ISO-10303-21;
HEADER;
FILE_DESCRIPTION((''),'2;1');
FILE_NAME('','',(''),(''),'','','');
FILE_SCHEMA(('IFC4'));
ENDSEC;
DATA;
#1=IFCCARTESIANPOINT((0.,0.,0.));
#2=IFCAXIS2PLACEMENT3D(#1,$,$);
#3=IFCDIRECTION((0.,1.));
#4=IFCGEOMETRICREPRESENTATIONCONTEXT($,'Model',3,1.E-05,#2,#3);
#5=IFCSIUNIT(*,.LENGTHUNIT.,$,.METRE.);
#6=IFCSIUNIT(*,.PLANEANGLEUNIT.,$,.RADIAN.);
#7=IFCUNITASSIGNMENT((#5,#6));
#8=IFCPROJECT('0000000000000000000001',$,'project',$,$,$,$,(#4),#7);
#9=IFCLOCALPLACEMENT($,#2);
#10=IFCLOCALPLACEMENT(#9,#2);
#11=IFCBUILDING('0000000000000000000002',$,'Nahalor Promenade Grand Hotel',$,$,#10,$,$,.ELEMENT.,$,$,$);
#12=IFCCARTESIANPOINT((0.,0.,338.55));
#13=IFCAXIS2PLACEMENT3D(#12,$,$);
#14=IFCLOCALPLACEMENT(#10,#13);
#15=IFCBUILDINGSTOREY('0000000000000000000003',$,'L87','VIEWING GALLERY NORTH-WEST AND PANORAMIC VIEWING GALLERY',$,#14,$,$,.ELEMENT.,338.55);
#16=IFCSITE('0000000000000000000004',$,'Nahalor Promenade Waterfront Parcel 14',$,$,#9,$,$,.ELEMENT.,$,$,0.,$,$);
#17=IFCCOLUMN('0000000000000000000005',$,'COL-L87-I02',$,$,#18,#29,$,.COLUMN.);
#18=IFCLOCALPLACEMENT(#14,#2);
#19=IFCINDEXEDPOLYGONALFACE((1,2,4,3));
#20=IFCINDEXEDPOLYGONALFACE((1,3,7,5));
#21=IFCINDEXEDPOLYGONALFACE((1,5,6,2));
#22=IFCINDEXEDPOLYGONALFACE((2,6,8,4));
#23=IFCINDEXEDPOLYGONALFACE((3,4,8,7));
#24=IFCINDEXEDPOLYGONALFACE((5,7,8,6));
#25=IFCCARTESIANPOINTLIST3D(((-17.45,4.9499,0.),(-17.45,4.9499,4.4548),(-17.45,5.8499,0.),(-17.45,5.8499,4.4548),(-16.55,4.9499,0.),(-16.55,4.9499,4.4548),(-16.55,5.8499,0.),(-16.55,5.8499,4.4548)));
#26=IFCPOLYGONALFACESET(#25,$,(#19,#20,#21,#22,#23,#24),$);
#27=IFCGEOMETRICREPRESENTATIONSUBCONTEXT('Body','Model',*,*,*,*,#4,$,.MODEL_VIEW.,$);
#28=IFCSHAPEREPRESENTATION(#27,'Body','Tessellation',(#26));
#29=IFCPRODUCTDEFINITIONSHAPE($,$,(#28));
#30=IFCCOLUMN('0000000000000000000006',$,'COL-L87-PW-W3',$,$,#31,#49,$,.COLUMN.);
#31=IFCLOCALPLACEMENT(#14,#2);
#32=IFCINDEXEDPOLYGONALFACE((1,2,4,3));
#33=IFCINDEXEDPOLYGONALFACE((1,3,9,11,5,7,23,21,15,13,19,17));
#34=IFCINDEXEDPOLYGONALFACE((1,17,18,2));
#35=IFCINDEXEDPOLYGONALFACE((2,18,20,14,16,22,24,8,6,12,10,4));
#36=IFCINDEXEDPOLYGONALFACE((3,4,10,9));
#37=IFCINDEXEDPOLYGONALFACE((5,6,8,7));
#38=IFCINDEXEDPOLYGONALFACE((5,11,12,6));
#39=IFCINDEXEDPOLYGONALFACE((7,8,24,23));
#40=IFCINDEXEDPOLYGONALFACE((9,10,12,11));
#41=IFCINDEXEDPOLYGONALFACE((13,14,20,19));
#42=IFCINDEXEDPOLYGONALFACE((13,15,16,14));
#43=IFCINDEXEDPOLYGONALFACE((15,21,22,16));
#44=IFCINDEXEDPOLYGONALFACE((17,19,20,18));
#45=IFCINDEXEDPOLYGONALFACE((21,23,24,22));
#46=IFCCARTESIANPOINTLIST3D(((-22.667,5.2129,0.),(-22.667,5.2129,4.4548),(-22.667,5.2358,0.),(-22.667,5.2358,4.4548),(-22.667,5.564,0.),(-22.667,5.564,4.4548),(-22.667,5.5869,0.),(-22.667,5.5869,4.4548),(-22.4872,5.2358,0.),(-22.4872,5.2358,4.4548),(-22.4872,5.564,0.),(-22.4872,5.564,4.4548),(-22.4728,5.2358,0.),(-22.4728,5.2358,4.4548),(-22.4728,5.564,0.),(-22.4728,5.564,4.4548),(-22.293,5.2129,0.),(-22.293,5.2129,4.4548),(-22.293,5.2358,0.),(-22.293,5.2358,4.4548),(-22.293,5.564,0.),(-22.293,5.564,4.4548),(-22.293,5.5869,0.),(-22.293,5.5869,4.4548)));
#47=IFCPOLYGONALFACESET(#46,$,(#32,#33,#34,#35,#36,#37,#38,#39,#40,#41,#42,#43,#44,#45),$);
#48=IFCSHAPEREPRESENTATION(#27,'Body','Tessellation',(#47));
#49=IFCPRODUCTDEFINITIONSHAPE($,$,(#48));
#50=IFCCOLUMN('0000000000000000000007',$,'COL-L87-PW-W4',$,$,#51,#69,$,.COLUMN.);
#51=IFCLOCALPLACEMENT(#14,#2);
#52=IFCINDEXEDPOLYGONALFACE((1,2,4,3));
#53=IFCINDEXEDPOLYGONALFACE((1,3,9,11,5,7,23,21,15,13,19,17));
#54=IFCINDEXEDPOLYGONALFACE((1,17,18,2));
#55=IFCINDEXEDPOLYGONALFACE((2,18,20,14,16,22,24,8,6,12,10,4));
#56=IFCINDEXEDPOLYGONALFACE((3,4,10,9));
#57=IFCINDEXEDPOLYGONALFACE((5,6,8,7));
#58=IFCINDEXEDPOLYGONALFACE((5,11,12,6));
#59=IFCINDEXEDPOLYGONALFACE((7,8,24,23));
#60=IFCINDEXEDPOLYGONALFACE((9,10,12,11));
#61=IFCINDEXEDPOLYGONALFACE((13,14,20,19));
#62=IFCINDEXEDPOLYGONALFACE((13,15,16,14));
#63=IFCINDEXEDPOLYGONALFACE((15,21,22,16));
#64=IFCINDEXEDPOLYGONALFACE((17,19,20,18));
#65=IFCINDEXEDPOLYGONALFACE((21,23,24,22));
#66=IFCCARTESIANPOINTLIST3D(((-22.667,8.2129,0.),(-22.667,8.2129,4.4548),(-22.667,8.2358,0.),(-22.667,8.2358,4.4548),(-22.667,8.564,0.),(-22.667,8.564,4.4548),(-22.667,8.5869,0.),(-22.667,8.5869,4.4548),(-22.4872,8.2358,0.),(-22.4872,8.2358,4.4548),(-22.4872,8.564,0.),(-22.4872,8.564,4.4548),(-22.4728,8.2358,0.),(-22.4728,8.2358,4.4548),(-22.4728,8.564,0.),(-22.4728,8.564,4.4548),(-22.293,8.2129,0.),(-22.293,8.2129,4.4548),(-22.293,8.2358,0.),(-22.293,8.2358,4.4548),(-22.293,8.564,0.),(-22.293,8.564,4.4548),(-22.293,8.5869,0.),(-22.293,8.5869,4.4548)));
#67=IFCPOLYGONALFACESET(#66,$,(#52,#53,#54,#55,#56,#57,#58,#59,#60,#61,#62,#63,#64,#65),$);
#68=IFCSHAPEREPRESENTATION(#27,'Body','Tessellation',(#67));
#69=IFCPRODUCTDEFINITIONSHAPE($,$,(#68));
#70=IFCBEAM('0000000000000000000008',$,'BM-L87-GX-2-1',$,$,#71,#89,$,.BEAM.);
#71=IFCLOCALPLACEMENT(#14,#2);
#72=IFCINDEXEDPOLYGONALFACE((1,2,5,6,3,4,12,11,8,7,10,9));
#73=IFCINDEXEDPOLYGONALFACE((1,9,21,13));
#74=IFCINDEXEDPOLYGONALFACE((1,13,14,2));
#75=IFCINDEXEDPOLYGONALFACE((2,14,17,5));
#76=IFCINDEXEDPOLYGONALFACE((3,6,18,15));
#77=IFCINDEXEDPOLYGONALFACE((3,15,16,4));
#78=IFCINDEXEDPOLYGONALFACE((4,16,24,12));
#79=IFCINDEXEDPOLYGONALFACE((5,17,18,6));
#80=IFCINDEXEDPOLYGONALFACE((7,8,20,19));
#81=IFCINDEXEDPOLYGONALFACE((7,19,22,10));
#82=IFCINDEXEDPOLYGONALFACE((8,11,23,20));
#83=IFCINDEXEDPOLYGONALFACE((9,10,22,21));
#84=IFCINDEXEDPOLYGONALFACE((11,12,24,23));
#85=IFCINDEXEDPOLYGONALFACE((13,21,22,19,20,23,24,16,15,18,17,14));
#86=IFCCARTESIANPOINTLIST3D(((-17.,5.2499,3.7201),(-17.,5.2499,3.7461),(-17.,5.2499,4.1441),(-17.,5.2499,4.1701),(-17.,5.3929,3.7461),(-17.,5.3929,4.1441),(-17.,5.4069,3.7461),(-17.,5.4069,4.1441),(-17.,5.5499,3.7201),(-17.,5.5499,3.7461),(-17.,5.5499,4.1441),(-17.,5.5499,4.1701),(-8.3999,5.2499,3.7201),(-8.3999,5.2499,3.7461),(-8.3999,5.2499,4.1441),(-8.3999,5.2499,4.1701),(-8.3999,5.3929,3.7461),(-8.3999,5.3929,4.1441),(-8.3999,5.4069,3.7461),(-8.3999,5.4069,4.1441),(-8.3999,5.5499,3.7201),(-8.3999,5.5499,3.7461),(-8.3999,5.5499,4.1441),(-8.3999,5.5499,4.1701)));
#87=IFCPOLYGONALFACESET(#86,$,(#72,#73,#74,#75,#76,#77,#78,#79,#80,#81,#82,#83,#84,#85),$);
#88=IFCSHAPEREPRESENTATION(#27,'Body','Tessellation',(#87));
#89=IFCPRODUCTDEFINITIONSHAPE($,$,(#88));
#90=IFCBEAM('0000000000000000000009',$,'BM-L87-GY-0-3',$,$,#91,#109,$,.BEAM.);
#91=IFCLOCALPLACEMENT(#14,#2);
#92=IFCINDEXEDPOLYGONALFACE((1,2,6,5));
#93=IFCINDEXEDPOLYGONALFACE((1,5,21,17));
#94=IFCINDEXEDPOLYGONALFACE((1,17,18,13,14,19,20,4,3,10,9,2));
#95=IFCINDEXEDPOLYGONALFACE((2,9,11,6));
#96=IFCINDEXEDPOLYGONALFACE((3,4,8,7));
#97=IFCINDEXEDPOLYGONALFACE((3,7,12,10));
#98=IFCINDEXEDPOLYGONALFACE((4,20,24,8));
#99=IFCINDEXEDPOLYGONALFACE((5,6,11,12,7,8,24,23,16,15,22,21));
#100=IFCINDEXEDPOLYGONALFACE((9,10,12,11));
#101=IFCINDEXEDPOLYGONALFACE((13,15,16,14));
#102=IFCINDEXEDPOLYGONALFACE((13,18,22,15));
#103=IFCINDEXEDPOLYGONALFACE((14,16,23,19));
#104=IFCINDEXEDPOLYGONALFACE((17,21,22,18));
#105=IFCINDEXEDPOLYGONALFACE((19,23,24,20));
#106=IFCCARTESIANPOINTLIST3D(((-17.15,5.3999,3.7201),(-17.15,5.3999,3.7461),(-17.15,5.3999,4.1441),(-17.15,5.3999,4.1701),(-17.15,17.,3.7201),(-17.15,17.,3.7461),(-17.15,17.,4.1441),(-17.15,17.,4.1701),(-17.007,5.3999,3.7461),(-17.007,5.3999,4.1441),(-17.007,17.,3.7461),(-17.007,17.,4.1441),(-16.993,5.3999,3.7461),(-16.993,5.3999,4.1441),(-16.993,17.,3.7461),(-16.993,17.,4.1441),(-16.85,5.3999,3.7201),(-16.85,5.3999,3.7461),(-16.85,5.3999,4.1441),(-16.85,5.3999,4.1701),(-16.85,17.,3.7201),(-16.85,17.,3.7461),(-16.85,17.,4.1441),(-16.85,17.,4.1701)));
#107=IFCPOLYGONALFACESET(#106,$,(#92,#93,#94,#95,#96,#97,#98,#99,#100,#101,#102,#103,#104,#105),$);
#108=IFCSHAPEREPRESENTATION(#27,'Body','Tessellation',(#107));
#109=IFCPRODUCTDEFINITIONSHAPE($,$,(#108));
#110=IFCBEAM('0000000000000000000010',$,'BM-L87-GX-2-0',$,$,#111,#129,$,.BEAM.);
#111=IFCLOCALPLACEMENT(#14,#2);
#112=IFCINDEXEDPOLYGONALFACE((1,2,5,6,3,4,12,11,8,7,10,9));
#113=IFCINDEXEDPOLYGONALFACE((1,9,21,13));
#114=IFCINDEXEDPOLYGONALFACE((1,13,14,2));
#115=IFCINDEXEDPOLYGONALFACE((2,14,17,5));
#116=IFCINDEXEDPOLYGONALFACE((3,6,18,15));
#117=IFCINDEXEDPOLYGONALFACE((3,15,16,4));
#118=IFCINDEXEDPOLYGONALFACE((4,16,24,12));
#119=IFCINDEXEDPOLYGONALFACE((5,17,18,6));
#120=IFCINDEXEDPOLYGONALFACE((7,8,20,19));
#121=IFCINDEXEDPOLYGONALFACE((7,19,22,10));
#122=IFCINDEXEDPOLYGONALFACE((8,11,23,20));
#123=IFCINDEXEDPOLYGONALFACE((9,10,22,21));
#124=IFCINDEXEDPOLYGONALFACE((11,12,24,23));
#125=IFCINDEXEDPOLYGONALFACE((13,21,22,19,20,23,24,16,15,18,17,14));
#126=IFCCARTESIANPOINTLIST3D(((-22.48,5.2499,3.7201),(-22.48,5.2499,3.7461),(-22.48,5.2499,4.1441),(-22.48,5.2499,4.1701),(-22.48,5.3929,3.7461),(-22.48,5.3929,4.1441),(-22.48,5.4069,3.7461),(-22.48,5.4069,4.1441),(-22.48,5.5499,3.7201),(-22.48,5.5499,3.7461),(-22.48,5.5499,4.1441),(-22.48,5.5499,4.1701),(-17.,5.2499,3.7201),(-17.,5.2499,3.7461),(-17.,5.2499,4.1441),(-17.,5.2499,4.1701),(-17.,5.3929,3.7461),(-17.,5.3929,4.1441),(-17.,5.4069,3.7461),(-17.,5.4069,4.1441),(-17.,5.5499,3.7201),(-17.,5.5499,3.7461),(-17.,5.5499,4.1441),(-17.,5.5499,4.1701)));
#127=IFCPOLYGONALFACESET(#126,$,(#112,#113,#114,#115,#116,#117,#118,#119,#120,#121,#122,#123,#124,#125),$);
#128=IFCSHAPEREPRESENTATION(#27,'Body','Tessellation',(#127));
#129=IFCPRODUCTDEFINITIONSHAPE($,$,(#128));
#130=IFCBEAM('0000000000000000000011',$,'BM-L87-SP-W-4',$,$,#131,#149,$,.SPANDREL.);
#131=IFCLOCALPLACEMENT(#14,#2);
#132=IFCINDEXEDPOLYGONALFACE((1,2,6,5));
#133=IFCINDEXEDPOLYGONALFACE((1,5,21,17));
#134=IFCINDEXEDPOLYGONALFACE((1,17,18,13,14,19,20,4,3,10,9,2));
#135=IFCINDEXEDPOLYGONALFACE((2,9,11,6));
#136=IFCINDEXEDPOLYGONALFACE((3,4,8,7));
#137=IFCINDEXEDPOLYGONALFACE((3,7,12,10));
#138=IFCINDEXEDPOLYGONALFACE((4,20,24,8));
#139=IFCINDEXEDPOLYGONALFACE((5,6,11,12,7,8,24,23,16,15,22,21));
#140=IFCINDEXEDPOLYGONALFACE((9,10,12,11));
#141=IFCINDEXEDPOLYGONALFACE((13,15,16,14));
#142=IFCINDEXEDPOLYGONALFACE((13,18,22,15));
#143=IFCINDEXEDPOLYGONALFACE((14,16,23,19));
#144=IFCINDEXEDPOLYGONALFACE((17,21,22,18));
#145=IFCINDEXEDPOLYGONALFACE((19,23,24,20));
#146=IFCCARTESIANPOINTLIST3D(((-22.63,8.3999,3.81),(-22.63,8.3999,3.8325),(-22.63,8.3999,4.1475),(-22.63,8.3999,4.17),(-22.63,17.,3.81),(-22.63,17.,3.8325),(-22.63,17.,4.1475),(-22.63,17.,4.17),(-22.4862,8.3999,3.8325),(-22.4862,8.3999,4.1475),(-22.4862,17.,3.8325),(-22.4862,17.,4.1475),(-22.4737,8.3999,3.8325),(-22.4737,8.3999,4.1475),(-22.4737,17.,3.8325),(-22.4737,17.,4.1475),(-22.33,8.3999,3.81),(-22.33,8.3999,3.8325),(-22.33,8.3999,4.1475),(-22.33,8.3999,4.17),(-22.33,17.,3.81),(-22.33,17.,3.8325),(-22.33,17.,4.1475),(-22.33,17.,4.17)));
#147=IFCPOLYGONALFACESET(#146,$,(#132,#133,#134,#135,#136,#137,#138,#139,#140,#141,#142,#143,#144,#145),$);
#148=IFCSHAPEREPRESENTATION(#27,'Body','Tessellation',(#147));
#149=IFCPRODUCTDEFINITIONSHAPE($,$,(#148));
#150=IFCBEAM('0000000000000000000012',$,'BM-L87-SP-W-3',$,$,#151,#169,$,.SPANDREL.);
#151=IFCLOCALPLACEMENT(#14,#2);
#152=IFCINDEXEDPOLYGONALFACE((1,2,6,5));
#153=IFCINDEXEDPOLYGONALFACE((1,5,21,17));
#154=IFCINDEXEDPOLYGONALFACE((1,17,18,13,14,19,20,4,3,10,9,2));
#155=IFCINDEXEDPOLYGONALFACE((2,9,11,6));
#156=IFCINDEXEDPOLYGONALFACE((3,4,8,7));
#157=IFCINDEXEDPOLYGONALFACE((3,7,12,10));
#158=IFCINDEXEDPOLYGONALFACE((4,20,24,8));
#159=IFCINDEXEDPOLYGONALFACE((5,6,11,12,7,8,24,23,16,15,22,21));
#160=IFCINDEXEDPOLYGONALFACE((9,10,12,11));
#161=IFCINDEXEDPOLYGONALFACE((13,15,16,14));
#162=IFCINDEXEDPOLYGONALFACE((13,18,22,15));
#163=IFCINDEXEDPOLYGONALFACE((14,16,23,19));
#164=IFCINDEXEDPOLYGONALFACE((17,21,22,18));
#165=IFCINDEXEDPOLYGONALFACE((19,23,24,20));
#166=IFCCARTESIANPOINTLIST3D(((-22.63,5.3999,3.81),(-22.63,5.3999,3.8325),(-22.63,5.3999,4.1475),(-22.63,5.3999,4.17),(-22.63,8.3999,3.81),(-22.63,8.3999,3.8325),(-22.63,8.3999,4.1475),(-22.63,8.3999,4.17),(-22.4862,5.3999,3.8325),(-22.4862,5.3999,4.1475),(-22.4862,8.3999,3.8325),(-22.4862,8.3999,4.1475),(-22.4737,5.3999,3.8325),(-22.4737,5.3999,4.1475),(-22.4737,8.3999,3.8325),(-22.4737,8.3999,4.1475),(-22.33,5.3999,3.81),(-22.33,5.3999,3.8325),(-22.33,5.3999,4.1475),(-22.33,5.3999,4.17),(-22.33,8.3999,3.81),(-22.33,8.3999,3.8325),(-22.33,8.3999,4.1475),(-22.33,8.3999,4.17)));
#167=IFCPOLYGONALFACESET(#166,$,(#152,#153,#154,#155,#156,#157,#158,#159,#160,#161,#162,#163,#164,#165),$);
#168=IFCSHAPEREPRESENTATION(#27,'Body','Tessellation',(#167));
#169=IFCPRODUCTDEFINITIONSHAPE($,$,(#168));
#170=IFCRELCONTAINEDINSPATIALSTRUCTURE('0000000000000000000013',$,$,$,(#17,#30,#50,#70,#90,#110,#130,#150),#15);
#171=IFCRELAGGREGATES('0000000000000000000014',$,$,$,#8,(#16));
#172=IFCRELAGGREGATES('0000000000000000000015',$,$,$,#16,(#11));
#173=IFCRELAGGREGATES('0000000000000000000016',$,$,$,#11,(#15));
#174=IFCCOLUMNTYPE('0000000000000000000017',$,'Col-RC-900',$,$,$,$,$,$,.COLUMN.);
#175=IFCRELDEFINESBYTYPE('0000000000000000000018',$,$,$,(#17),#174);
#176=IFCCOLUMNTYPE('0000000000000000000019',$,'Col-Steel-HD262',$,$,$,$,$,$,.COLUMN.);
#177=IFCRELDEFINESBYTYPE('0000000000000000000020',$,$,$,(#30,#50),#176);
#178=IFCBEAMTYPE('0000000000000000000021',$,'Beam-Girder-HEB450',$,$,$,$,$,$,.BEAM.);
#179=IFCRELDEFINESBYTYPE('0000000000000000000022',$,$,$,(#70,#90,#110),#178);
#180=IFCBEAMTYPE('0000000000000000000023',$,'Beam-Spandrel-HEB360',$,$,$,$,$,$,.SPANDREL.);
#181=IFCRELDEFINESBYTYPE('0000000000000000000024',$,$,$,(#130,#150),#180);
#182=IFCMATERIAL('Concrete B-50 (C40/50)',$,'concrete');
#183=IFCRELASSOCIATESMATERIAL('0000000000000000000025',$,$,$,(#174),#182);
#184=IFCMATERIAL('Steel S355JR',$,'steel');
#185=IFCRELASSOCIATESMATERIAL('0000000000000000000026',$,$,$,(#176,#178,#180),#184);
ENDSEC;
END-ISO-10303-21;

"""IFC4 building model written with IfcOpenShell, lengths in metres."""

from ifc_helpers import new_model, si_unit, direction, frame, origin, origin_2d, place, context, subcontext, project, spatial, rectangle, i_section, extrude, source, transform, mapped, material, material_profile, profile_set, type_object, element, save


model = new_model("IFC4")

# Units and contexts
model_context = context("Model", 3, precision=1e-05, world=origin(), true_north=direction((0.0, 1.0)))
body_context = subcontext(model_context, "Body", "Model", "MODEL_VIEW")
ifc_project = project(units=[si_unit("LENGTHUNIT", "METRE"), si_unit("PLANEANGLEUNIT", "RADIAN")], contexts=[model_context])

# Site, building, storey
site_placement = place(None, origin())
site = spatial("IfcSite", under=ifc_project, at=site_placement, Name="Nahalor Promenade Waterfront Parcel 14", CompositionType="ELEMENT", RefElevation=0.0)
building_placement = place(site_placement, origin())
building = spatial("IfcBuilding", under=site, at=building_placement, Name="Nahalor Promenade Grand Hotel", CompositionType="ELEMENT")
storey_placement = place(building_placement, frame((0.0, 0.0, 338.55)))
storey = spatial("IfcBuildingStorey", under=building, at=storey_placement, Name="L87", Description="VIEWING GALLERY NORTH-WEST AND PANORAMIC VIEWING GALLERY", CompositionType="ELEMENT", Elevation=338.55)

# Columns
ifc_material_1 = material(Name="Concrete B-50 (C40/50)", Category="concrete")
ifc_material_profile_1 = material_profile(ifc_material_1, rectangle(XDim=0.9, YDim=0.9, at=origin_2d()), Name="RC 900x900")
ifc_profile_set_1 = profile_set([ifc_material_profile_1], Name="Concrete B-50 (C40/50)")
column_type_1 = type_object("IfcColumnType", Name="Col-RC-900", PredefinedType="COLUMN", material=ifc_profile_set_1)
shared_shape_1 = source(origin(), body_context, "Body", "SweptSolid", [
    extrude(rectangle(XDim=0.9, YDim=0.9, at=origin_2d()), origin(), (0.0, 0.0, 1.0), 4.4548),
])
column_placement = place(storey_placement, frame((-17.0, 5.3999, 0.0), z_axis=(0.0, 0.0, 1.0), x_axis=(1.0, 0.0, 0.0)))
element("IfcColumn", 1, at=column_placement, inside=storey, type_object=column_type_1, Name="COL-L87-I02", PredefinedType="COLUMN", context=body_context, shape_type="MappedRepresentation", body=[
    mapped(shared_shape_1, transform((0.0, 0.0, 0.0), scale=1.0)),
])
ifc_material_2 = material(Name="Steel S355JR", Category="steel")
ifc_material_profile_2 = material_profile(ifc_material_2, i_section(OverallWidth=0.374, OverallDepth=0.374, WebThickness=0.0144, FlangeThickness=0.0229, at=origin_2d()), Name="HD 360x262")
ifc_profile_set_2 = profile_set([ifc_material_profile_2], Name="Steel S355JR")
column_type_2 = type_object("IfcColumnType", Name="Col-Steel-HD262", PredefinedType="COLUMN", material=ifc_profile_set_2)
shared_shape_2 = source(origin(), body_context, "Body", "SweptSolid", [
    extrude(i_section(OverallWidth=0.374, OverallDepth=0.374, WebThickness=0.0144, FlangeThickness=0.0229, at=origin_2d()), origin(), (0.0, 0.0, 1.0), 4.4548),
])
for number, where, z_axis, x_axis, name in (
    (2, (-22.48, 5.3999, 0.0), (0.0, 0.0, 1.0), (1.0, 0.0, 0.0), "COL-L87-PW-W3"),
    (3, (-22.48, 8.3999, 0.0), (0.0, 0.0, 1.0), (1.0, 0.0, 0.0), "COL-L87-PW-W4"),
):
    element("IfcColumn", number, at=place(storey_placement, frame(where, z_axis=z_axis, x_axis=x_axis)), inside=storey, type_object=column_type_2, Name=name, PredefinedType="COLUMN", context=body_context, shape_type="MappedRepresentation", body=[
        mapped(shared_shape_2, transform((0.0, 0.0, 0.0), scale=1.0)),
    ])

# Beams
ifc_material_profile_3 = material_profile(ifc_material_2, i_section(OverallWidth=0.3, OverallDepth=0.45, WebThickness=0.014, FlangeThickness=0.026, at=origin_2d()), Name="HEB 450")
ifc_profile_set_3 = profile_set([ifc_material_profile_3], Name="Steel S355JR")
beam_type_1 = type_object("IfcBeamType", Name="Beam-Girder-HEB450", PredefinedType="BEAM", material=ifc_profile_set_3)
shared_shape_3 = source(origin(), body_context, "Body", "SweptSolid", [
    extrude(i_section(OverallWidth=0.3, OverallDepth=0.45, WebThickness=0.014, FlangeThickness=0.026, at=origin_2d()), origin(), (0.0, 0.0, 1.0), 8.6001),
])
beam_1_placement = place(storey_placement, frame((-17.0, 5.3999, 3.9451), z_axis=(1.0, 0.0, 0.0), x_axis=(0.0, 1.0, 0.0)))
element("IfcBeam", 4, at=beam_1_placement, inside=storey, type_object=beam_type_1, Name="BM-L87-GX-2-1", PredefinedType="BEAM", context=body_context, shape_type="MappedRepresentation", body=[
    mapped(shared_shape_3, transform((0.0, 0.0, 0.0), scale=1.0)),
])
shared_shape_4 = source(origin(), body_context, "Body", "SweptSolid", [
    extrude(i_section(OverallWidth=0.3, OverallDepth=0.45, WebThickness=0.014, FlangeThickness=0.026, at=origin_2d()), origin(), (0.0, 0.0, 1.0), 11.6001),
])
beam_2_placement = place(storey_placement, frame((-17.0, 5.3999, 3.9451), z_axis=(0.0, 1.0, 0.0), x_axis=(-1.0, 0.0, 0.0)))
element("IfcBeam", 5, at=beam_2_placement, inside=storey, type_object=beam_type_1, Name="BM-L87-GY-0-3", PredefinedType="BEAM", context=body_context, shape_type="MappedRepresentation", body=[
    mapped(shared_shape_4, transform((0.0, 0.0, 0.0), scale=1.0)),
])
shared_shape_5 = source(origin(), body_context, "Body", "SweptSolid", [
    extrude(i_section(OverallWidth=0.3, OverallDepth=0.45, WebThickness=0.014, FlangeThickness=0.026, at=origin_2d()), origin(), (0.0, 0.0, 1.0), 5.48),
])
beam_3_placement = place(storey_placement, frame((-22.48, 5.3999, 3.9451), z_axis=(1.0, 0.0, 0.0), x_axis=(0.0, 1.0, 0.0)))
element("IfcBeam", 6, at=beam_3_placement, inside=storey, type_object=beam_type_1, Name="BM-L87-GX-2-0", PredefinedType="BEAM", context=body_context, shape_type="MappedRepresentation", body=[
    mapped(shared_shape_5, transform((0.0, 0.0, 0.0), scale=1.0)),
])
ifc_material_profile_4 = material_profile(ifc_material_2, i_section(OverallWidth=0.3, OverallDepth=0.36, WebThickness=0.0125, FlangeThickness=0.0225, at=origin_2d()), Name="HEB 360")
ifc_profile_set_4 = profile_set([ifc_material_profile_4], Name="Steel S355JR")
beam_type_2 = type_object("IfcBeamType", Name="Beam-Spandrel-HEB360", PredefinedType="SPANDREL", material=ifc_profile_set_4)
shared_shape_6 = source(origin(), body_context, "Body", "SweptSolid", [
    extrude(i_section(OverallWidth=0.3, OverallDepth=0.36, WebThickness=0.0125, FlangeThickness=0.0225, at=origin_2d()), origin(), (0.0, 0.0, 1.0), 8.6001),
])
beam_4_placement = place(storey_placement, frame((-22.48, 8.3999, 3.99), z_axis=(0.0, 1.0, 0.0), x_axis=(-1.0, 0.0, 0.0)))
element("IfcBeam", 7, at=beam_4_placement, inside=storey, type_object=beam_type_2, Name="BM-L87-SP-W-4", PredefinedType="SPANDREL", context=body_context, shape_type="MappedRepresentation", body=[
    mapped(shared_shape_6, transform((0.0, 0.0, 0.0), scale=1.0)),
])
shared_shape_7 = source(origin(), body_context, "Body", "SweptSolid", [
    extrude(i_section(OverallWidth=0.3, OverallDepth=0.36, WebThickness=0.0125, FlangeThickness=0.0225, at=origin_2d()), origin(), (0.0, 0.0, 1.0), 3.0),
])
beam_5_placement = place(storey_placement, frame((-22.48, 5.3999, 3.99), z_axis=(0.0, 1.0, 0.0), x_axis=(-1.0, 0.0, 0.0)))
element("IfcBeam", 8, at=beam_5_placement, inside=storey, type_object=beam_type_2, Name="BM-L87-SP-W-3", PredefinedType="SPANDREL", context=body_context, shape_type="MappedRepresentation", body=[
    mapped(shared_shape_7, transform((0.0, 0.0, 0.0), scale=1.0)),
])

save(model, "model.ifc")
